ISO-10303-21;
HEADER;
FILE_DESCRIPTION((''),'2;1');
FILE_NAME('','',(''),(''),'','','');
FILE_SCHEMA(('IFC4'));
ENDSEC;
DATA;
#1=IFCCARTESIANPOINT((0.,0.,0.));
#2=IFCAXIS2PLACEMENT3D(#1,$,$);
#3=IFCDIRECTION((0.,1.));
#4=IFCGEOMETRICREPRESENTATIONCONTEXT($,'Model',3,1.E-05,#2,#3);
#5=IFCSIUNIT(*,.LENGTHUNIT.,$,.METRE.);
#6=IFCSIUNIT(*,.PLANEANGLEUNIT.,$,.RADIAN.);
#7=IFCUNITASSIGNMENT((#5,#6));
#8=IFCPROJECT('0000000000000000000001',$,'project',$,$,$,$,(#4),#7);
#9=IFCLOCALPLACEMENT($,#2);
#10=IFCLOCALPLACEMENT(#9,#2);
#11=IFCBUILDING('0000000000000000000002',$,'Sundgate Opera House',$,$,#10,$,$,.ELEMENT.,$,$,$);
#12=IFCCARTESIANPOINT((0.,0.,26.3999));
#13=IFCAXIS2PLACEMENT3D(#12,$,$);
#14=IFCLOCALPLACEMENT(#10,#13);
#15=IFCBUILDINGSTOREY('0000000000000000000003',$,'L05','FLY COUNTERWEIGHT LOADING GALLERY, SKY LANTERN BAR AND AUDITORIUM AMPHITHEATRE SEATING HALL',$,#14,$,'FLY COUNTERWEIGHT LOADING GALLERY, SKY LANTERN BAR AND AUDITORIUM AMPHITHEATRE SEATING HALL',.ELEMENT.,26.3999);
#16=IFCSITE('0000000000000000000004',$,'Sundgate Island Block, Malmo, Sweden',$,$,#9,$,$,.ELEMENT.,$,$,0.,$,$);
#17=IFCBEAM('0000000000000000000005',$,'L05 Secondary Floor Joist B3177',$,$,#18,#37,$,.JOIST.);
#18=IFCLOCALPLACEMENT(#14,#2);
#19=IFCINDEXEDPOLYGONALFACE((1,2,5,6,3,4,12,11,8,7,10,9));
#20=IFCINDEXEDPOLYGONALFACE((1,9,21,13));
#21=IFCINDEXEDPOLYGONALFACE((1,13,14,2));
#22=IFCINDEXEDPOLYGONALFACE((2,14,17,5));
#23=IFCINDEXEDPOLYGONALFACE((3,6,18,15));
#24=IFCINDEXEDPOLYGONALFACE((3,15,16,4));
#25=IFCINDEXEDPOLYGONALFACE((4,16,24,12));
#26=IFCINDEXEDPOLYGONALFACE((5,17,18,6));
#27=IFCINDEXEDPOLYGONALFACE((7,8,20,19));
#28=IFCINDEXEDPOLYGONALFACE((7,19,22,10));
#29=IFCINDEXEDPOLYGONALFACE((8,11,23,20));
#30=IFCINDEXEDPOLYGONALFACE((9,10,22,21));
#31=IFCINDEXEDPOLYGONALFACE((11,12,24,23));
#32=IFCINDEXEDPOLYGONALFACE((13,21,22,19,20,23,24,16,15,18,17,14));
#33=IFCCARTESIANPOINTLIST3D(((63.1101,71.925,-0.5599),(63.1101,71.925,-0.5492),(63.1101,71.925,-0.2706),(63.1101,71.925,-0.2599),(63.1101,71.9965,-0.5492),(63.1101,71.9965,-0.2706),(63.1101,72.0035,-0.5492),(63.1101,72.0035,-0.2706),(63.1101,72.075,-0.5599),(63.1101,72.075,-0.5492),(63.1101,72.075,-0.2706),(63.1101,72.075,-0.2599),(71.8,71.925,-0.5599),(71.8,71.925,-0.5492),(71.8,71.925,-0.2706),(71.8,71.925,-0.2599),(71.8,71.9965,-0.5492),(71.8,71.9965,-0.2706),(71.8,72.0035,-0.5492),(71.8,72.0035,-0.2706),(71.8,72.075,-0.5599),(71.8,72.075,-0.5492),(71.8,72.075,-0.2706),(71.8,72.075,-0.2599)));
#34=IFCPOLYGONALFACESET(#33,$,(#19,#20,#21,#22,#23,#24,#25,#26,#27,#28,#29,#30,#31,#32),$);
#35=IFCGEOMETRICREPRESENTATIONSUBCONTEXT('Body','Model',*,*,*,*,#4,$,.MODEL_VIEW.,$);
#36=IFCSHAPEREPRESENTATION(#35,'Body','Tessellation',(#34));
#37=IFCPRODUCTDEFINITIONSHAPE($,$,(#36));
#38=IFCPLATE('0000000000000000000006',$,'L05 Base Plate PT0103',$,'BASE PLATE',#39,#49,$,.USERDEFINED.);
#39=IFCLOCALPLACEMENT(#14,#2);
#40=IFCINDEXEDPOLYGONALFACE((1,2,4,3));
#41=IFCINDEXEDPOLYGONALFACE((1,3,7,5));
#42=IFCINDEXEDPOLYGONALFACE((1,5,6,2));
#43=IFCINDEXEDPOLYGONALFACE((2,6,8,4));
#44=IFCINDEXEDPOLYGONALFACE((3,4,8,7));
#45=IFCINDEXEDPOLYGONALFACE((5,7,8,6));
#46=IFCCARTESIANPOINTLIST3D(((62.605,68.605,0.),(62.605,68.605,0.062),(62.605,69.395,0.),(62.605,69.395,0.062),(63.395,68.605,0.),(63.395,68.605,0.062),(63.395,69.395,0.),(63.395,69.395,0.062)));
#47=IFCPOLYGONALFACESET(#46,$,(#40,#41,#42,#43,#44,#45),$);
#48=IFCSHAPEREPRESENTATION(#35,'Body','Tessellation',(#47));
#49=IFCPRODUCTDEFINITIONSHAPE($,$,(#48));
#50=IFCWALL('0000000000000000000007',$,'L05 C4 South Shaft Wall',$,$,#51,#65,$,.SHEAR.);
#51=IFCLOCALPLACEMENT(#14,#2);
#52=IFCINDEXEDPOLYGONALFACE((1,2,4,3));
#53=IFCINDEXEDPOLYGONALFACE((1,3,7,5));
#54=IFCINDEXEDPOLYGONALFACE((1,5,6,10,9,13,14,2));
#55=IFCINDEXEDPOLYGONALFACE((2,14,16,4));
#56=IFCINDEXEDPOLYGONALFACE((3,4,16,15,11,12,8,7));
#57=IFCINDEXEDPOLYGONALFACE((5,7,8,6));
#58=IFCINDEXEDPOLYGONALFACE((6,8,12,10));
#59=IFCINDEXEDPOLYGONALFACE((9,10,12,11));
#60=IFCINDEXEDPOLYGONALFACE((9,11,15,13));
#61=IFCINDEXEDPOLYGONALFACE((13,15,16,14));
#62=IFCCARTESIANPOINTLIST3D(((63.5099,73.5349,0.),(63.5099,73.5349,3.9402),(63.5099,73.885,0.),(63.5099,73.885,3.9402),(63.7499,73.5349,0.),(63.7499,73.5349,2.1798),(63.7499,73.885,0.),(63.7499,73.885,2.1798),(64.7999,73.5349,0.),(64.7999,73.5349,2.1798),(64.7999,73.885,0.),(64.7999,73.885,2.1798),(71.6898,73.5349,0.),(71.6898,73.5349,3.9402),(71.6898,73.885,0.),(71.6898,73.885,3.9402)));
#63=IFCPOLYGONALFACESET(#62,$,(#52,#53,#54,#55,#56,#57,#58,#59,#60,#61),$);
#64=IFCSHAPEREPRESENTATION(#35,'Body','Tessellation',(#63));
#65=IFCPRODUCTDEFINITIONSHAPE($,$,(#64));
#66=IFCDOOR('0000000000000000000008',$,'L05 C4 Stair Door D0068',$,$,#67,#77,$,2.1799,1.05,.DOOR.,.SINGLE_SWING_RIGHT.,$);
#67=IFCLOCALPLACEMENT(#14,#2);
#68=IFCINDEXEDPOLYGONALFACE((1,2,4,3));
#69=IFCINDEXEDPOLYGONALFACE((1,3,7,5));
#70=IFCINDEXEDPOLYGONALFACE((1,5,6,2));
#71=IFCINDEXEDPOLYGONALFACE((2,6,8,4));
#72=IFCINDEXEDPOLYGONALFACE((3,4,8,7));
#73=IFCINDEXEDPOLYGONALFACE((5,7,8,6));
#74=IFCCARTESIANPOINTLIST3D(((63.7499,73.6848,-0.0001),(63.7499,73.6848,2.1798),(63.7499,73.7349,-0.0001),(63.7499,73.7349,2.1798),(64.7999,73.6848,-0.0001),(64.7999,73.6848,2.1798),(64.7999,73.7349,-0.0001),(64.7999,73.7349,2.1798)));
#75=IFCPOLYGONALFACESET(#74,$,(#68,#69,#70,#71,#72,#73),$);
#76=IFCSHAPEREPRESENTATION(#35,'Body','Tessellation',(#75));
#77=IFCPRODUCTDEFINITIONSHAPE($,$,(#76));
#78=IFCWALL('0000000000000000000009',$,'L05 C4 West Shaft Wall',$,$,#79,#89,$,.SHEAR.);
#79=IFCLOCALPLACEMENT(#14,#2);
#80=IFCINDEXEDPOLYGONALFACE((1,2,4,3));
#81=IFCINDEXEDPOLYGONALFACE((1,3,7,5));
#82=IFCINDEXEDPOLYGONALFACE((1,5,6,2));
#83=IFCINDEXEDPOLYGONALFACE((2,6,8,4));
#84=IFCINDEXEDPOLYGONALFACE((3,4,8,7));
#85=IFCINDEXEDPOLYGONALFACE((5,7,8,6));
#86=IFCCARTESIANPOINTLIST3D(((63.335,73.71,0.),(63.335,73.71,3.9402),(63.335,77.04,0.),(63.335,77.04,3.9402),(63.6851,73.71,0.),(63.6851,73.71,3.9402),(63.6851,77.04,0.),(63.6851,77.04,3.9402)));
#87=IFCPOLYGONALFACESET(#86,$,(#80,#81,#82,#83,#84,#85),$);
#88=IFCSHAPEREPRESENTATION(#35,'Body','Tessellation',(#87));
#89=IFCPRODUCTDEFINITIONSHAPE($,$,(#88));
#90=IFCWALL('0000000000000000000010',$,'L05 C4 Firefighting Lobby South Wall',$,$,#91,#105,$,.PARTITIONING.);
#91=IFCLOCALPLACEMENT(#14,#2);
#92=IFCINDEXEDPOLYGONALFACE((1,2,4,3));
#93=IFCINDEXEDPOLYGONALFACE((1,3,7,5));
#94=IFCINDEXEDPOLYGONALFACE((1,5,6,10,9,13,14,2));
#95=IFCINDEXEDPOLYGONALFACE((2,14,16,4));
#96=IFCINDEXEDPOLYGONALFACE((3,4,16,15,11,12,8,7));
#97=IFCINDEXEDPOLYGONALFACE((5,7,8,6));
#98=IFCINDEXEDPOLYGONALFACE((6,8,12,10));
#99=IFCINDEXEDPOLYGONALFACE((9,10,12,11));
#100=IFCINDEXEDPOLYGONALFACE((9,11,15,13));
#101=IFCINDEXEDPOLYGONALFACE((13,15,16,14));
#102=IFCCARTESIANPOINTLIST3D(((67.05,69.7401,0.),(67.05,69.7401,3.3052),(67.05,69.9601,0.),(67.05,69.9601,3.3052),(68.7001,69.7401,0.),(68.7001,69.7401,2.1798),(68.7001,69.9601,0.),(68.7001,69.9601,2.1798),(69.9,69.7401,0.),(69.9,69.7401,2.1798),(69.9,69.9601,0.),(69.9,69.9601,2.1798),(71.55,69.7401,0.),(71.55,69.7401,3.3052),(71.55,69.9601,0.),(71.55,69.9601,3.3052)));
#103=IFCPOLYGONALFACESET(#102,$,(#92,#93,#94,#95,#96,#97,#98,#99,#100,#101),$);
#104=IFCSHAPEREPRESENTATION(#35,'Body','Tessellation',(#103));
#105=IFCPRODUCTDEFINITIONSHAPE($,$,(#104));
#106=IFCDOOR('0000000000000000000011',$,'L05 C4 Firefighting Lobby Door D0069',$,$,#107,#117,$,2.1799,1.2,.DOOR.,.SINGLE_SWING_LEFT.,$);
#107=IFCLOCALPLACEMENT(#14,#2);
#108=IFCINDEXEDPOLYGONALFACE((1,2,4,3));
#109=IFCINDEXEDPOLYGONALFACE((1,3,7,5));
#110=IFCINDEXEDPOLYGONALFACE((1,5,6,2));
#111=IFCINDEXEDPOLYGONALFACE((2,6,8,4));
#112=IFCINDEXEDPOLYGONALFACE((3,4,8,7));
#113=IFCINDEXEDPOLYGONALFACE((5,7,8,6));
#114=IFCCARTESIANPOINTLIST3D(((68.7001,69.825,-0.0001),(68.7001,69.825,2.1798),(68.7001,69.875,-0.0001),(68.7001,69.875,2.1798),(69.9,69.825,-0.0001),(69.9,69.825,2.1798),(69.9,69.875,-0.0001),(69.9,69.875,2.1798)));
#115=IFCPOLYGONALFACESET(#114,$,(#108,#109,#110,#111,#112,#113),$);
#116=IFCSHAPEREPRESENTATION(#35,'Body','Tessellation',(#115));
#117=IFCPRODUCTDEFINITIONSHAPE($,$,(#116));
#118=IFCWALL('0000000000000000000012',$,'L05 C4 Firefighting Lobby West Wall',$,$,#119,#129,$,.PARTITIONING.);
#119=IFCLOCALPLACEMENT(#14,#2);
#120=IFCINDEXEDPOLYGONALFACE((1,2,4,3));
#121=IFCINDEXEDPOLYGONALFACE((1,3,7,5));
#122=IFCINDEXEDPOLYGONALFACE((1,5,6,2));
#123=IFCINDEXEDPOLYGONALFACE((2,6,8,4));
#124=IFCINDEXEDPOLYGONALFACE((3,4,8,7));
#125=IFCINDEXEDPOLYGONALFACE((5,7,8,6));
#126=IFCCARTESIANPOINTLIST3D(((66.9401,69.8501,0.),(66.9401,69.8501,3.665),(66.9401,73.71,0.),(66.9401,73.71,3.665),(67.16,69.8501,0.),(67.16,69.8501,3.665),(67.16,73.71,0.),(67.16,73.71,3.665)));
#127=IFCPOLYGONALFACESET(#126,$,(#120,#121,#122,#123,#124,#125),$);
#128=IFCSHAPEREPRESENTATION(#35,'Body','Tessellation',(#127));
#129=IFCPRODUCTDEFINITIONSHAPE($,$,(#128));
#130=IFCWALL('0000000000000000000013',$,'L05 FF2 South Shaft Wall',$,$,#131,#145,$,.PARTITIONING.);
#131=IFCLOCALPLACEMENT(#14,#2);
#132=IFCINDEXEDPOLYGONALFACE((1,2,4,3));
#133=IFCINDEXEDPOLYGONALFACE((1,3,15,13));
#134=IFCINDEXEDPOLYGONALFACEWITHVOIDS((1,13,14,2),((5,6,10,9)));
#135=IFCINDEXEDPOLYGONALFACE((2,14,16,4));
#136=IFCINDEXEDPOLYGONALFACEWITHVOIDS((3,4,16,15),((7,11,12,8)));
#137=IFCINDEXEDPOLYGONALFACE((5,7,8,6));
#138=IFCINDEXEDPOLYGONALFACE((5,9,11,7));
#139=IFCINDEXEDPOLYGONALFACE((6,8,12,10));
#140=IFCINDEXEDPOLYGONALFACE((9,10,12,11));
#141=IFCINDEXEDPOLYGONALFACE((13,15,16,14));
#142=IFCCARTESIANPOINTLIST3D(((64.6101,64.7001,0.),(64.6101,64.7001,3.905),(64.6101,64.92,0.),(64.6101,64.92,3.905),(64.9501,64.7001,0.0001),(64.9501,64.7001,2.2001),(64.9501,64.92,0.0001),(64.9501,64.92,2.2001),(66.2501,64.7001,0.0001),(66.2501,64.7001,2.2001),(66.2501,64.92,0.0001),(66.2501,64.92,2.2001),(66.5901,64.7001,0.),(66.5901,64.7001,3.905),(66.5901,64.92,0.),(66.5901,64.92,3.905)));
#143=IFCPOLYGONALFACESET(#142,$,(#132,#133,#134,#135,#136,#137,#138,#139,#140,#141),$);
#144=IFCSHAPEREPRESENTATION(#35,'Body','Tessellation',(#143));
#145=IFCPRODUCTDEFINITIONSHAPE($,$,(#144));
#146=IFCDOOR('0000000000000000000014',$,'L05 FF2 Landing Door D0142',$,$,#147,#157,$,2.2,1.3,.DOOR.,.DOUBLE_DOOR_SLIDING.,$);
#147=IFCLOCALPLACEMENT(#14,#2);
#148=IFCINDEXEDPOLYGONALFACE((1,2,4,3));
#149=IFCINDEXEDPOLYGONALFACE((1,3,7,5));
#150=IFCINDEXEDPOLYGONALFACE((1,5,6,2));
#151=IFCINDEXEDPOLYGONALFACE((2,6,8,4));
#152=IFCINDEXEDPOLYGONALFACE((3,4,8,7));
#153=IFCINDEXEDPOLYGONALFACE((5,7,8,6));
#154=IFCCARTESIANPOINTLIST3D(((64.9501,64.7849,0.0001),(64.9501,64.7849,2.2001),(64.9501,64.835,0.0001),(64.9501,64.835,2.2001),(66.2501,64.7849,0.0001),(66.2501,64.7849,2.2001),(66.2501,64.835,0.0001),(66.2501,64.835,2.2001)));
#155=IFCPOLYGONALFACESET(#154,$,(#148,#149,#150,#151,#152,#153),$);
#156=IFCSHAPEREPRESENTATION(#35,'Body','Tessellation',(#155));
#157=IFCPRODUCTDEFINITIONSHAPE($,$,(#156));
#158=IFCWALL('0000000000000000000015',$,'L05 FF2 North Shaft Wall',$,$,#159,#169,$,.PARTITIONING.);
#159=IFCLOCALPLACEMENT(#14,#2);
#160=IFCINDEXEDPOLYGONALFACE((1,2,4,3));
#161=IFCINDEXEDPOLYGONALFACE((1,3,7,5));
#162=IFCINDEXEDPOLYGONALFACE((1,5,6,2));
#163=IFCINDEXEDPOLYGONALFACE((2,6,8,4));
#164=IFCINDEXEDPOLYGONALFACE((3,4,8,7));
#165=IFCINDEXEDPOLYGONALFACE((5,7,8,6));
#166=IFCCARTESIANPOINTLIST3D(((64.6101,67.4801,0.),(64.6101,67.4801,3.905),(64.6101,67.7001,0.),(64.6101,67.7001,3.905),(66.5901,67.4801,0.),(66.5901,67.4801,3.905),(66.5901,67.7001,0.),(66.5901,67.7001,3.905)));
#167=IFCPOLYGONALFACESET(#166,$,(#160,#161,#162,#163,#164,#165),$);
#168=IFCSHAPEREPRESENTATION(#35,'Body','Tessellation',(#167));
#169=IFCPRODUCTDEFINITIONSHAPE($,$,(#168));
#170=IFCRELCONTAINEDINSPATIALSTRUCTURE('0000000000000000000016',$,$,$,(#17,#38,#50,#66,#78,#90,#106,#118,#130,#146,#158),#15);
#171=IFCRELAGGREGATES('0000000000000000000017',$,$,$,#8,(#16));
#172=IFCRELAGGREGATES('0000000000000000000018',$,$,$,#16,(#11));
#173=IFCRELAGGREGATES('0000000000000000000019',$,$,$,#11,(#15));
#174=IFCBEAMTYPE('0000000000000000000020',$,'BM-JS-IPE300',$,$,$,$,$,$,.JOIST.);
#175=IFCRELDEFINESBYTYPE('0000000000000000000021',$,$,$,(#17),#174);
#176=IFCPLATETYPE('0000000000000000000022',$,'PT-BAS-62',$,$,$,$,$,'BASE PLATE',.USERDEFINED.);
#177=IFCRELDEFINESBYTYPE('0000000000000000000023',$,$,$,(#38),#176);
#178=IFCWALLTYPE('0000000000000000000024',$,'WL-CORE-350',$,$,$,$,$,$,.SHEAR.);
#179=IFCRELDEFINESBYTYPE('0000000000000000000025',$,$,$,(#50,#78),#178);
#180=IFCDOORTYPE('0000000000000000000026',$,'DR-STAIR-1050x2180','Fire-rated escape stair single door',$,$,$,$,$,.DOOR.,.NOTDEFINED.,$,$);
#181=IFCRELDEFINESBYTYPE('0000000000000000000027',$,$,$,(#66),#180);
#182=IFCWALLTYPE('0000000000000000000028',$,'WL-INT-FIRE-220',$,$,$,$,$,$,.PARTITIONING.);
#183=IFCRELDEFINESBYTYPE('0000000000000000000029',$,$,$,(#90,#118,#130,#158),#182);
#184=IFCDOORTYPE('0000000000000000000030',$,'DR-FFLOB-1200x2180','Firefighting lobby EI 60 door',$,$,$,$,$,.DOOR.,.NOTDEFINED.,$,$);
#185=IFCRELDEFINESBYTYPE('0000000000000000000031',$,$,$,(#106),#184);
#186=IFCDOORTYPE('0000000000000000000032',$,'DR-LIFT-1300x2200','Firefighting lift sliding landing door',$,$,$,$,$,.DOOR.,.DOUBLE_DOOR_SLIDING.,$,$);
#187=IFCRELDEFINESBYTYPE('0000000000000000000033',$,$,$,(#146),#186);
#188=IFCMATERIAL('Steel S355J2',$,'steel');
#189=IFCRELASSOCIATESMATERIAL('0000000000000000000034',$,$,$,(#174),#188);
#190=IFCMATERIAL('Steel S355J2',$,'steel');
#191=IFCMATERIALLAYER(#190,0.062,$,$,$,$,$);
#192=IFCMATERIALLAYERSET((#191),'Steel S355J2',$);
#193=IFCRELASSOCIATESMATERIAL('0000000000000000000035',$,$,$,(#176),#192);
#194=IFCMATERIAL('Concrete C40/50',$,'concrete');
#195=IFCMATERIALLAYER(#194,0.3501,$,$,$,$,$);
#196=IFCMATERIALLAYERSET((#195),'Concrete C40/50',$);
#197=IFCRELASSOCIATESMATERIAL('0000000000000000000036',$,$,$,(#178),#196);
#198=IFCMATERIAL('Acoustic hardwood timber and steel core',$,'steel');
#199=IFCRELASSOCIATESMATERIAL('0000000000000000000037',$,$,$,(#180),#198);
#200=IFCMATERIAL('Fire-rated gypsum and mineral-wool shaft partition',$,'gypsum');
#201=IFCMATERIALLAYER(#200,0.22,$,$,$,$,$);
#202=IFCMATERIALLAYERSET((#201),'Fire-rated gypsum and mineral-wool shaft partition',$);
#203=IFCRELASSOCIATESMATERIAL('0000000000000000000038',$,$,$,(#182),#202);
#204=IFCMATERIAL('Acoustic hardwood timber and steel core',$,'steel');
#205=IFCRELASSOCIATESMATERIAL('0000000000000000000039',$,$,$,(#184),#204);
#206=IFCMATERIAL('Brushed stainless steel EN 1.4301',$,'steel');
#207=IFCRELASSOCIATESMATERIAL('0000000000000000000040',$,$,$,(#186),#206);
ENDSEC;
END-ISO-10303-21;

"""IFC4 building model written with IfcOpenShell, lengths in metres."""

from ifc_helpers import new_model, si_unit, direction, frame, frame_2d, origin, origin_2d, place, context, subcontext, project, spatial, rectangle, i_section, extrude, material, layer, layer_set, material_profile, profile_set, type_object, element, fill, save


model = new_model("IFC4")

# Units and contexts
model_context = context("Model", 3, precision=1e-05, world=origin(), true_north=direction((0.0, 1.0)))
body_context = subcontext(model_context, "Body", "Model", "MODEL_VIEW")
ifc_project = project(units=[si_unit("LENGTHUNIT", "METRE"), si_unit("PLANEANGLEUNIT", "RADIAN")], contexts=[model_context])

# Site, building, storey
site_placement = place(None, origin())
site = spatial("IfcSite", under=ifc_project, at=site_placement, Name="Sundgate Island Block, Malmo, Sweden", CompositionType="ELEMENT", RefElevation=0.0)
building_placement = place(site_placement, origin())
building = spatial("IfcBuilding", under=site, at=building_placement, Name="Sundgate Opera House", CompositionType="ELEMENT")
storey_placement = place(building_placement, frame((0.0, 0.0, 26.3999)))
storey = spatial("IfcBuildingStorey", under=building, at=storey_placement, Name="L05", Description="FLY COUNTERWEIGHT LOADING GALLERY, SKY LANTERN BAR AND AUDITORIUM AMPHITHEATRE SEATING HALL", LongName="FLY COUNTERWEIGHT LOADING GALLERY, SKY LANTERN BAR AND AUDITORIUM AMPHITHEATRE SEATING HALL", CompositionType="ELEMENT", Elevation=26.3999)

# Beam
ifc_material_1 = material(Name="Steel S355J2", Category="steel")
ifc_material_profile_1 = material_profile(ifc_material_1, i_section(OverallWidth=0.1499, OverallDepth=0.3, WebThickness=0.0071, FlangeThickness=0.0107, at=origin_2d()), Name="IPE 300")
ifc_profile_set_1 = profile_set([ifc_material_profile_1], Name="Steel S355J2")
beam_type_1 = type_object("IfcBeamType", Name="BM-JS-IPE300", PredefinedType="JOIST", material=ifc_profile_set_1)
beam_1_placement = place(storey_placement, frame((63.1101, 72.0, -0.4099), z_axis=(1.0, 0.0, 0.0), x_axis=(0.0, 1.0, 0.0)))
element("IfcBeam", 1, at=beam_1_placement, inside=storey, type_object=beam_type_1, Name="L05 Secondary Floor Joist B3177", PredefinedType="JOIST", context=body_context, shape_type="SweptSolid", body=[
    extrude(i_section(OverallWidth=0.1499, OverallDepth=0.3, WebThickness=0.0071, FlangeThickness=0.0107, at=origin_2d()), origin(), (0.0, 0.0, 1.0), 8.6899),
])

# Plate
ifc_material_2 = material(Name="Steel S355J2", Category="steel")
ifc_layer_1 = layer(ifc_material_2, 0.062)
ifc_layer_set_1 = layer_set([ifc_layer_1], Name="Steel S355J2")
plate_type = type_object("IfcPlateType", Name="PT-BAS-62", ElementType="BASE PLATE", PredefinedType="USERDEFINED", material=ifc_layer_set_1)
plate_placement = place(storey_placement, frame((63.0, 69.0, 0.0), z_axis=(0.0, 0.0, 1.0), x_axis=(1.0, 0.0, 0.0)))
element("IfcPlate", 2, at=plate_placement, inside=storey, type_object=plate_type, Name="L05 Base Plate PT0103", ObjectType="BASE PLATE", PredefinedType="USERDEFINED", context=body_context, shape_type="SweptSolid", body=[
    extrude(rectangle(XDim=0.79, YDim=0.79, at=origin_2d()), origin(), (0.0, 0.0, 1.0), 0.062),
])

# Wall, opening, door
ifc_material_3 = material(Name="Concrete C40/50", Category="concrete")
ifc_layer_2 = layer(ifc_material_3, 0.3501)
ifc_layer_set_2 = layer_set([ifc_layer_2], Name="Concrete C40/50")
wall_type_1 = type_object("IfcWallType", Name="WL-CORE-350", PredefinedType="SHEAR", material=ifc_layer_set_2)
wall_1_placement = place(storey_placement, frame((63.51, 73.71, 0.0), z_axis=(0.0, 0.0, 1.0), x_axis=(1.0, 0.0, 0.0)))
wall_1 = element("IfcWall", 3, at=wall_1_placement, inside=storey, type_object=wall_type_1, Name="L05 C4 South Shaft Wall", PredefinedType="SHEAR", context=body_context, shape_type="SweptSolid", body=[
    extrude(rectangle(XDim=8.1799, YDim=0.3501, at=frame_2d((4.0898, 0.0))), origin(), (0.0, 0.0, 1.0), 3.9402),
])
opening_1_placement = place(wall_1_placement, frame((0.24, 0.0, 0.0)))
opening_1 = element("IfcOpeningElement", 4, at=opening_1_placement, cuts=wall_1, PredefinedType="OPENING", context=body_context, shape_type="SweptSolid", body=[
    extrude(rectangle(XDim=1.05, YDim=2.1799, at=frame_2d((0.5249, 1.0898))), frame((0.0, 0.1851, 0.0), z_axis=(0.0, -1.0, 0.0), x_axis=(1.0, 0.0, 0.0)), (0.0, 0.0, 1.0), 0.3701),
])
ifc_material_4 = material(Name="Acoustic hardwood timber and steel core", Category="steel")
door_type_1 = type_object("IfcDoorType", Name="DR-STAIR-1050x2180", Description="Fire-rated escape stair single door", OperationType="NOTDEFINED", PredefinedType="DOOR", material=ifc_material_4)
door_1_placement = place(opening_1_placement, origin())
door_1 = element("IfcDoor", 5, at=door_1_placement, inside=storey, type_object=door_type_1, Name="L05 C4 Stair Door D0068", OperationType="SINGLE_SWING_RIGHT", OverallHeight=2.1799, OverallWidth=1.05, PredefinedType="DOOR", context=body_context, shape_type="SweptSolid", body=[
    extrude(rectangle(XDim=1.05, YDim=2.1799, at=frame_2d((0.5249, 1.0898))), frame((0.0, 0.0249, 0.0), z_axis=(0.0, -1.0, 0.0), x_axis=(1.0, 0.0, 0.0)), (0.0, 0.0, 1.0), 0.05),
])
fill(opening_1, door_1)

# Wall
wall_2_placement = place(storey_placement, frame((63.51, 73.71, 0.0), z_axis=(0.0, 0.0, 1.0), x_axis=(0.0, 1.0, 0.0)))
element("IfcWall", 6, at=wall_2_placement, inside=storey, type_object=wall_type_1, Name="L05 C4 West Shaft Wall", PredefinedType="SHEAR", context=body_context, shape_type="SweptSolid", body=[
    extrude(rectangle(XDim=3.3301, YDim=0.3501, at=frame_2d((1.665, 0.0))), origin(), (0.0, 0.0, 1.0), 3.9402),
])

# Wall, opening, door
ifc_material_5 = material(Name="Fire-rated gypsum and mineral-wool shaft partition", Category="gypsum")
ifc_layer_3 = layer(ifc_material_5, 0.22)
ifc_layer_set_3 = layer_set([ifc_layer_3], Name="Fire-rated gypsum and mineral-wool shaft partition")
wall_type_2 = type_object("IfcWallType", Name="WL-INT-FIRE-220", PredefinedType="PARTITIONING", material=ifc_layer_set_3)
wall_3_placement = place(storey_placement, frame((67.05, 69.8501, 0.0), z_axis=(0.0, 0.0, 1.0), x_axis=(1.0, 0.0, 0.0)))
wall_3 = element("IfcWall", 7, at=wall_3_placement, inside=storey, type_object=wall_type_2, Name="L05 C4 Firefighting Lobby South Wall", PredefinedType="PARTITIONING", context=body_context, shape_type="SweptSolid", body=[
    extrude(rectangle(XDim=4.5, YDim=0.22, at=frame_2d((2.25, 0.0))), origin(), (0.0, 0.0, 1.0), 3.3052),
])
opening_2_placement = place(wall_3_placement, frame((1.6499, 0.0, 0.0)))
opening_2 = element("IfcOpeningElement", 8, at=opening_2_placement, cuts=wall_3, PredefinedType="OPENING", context=body_context, shape_type="SweptSolid", body=[
    extrude(rectangle(XDim=1.2, YDim=2.1799, at=frame_2d((0.6001, 1.0898))), frame((0.0, 0.1199, 0.0), z_axis=(0.0, -1.0, 0.0), x_axis=(1.0, 0.0, 0.0)), (0.0, 0.0, 1.0), 0.24),
])
ifc_material_6 = material(Name="Acoustic hardwood timber and steel core", Category="steel")
door_type_2 = type_object("IfcDoorType", Name="DR-FFLOB-1200x2180", Description="Firefighting lobby EI 60 door", OperationType="NOTDEFINED", PredefinedType="DOOR", material=ifc_material_6)
door_2_placement = place(opening_2_placement, origin())
door_2 = element("IfcDoor", 9, at=door_2_placement, inside=storey, type_object=door_type_2, Name="L05 C4 Firefighting Lobby Door D0069", OperationType="SINGLE_SWING_LEFT", OverallHeight=2.1799, OverallWidth=1.2, PredefinedType="DOOR", context=body_context, shape_type="SweptSolid", body=[
    extrude(rectangle(XDim=1.2, YDim=2.1799, at=frame_2d((0.6001, 1.0898))), frame((0.0, 0.0249, 0.0), z_axis=(0.0, -1.0, 0.0), x_axis=(1.0, 0.0, 0.0)), (0.0, 0.0, 1.0), 0.05),
])
fill(opening_2, door_2)

# Wall
wall_4_placement = place(storey_placement, frame((67.05, 69.8501, 0.0), z_axis=(0.0, 0.0, 1.0), x_axis=(0.0, 1.0, 0.0)))
element("IfcWall", 10, at=wall_4_placement, inside=storey, type_object=wall_type_2, Name="L05 C4 Firefighting Lobby West Wall", PredefinedType="PARTITIONING", context=body_context, shape_type="SweptSolid", body=[
    extrude(rectangle(XDim=3.8599, YDim=0.22, at=frame_2d((1.9299, 0.0))), origin(), (0.0, 0.0, 1.0), 3.665),
])

# Wall, opening, door
wall_5_placement = place(storey_placement, frame((64.6101, 64.8101, 0.0), z_axis=(0.0, 0.0, 1.0), x_axis=(1.0, 0.0, 0.0)))
wall_5 = element("IfcWall", 11, at=wall_5_placement, inside=storey, type_object=wall_type_2, Name="L05 FF2 South Shaft Wall", PredefinedType="PARTITIONING", context=body_context, shape_type="SweptSolid", body=[
    extrude(rectangle(XDim=1.98, YDim=0.22, at=frame_2d((0.99, 0.0))), origin(), (0.0, 0.0, 1.0), 3.905),
])
opening_3_placement = place(wall_5_placement, frame((0.3401, 0.0, 0.0)))
opening_3 = element("IfcOpeningElement", 12, at=opening_3_placement, cuts=wall_5, PredefinedType="OPENING", context=body_context, shape_type="SweptSolid", body=[
    extrude(rectangle(XDim=1.3, YDim=2.2, at=frame_2d((0.6499, 1.1001))), frame((0.0, 0.1199, 0.0), z_axis=(0.0, -1.0, 0.0), x_axis=(1.0, 0.0, 0.0)), (0.0, 0.0, 1.0), 0.24),
])
ifc_material_7 = material(Name="Brushed stainless steel EN 1.4301", Category="steel")
door_type_3 = type_object("IfcDoorType", Name="DR-LIFT-1300x2200", Description="Firefighting lift sliding landing door", OperationType="DOUBLE_DOOR_SLIDING", PredefinedType="DOOR", material=ifc_material_7)
door_3_placement = place(opening_3_placement, origin())
door_3 = element("IfcDoor", 13, at=door_3_placement, inside=storey, type_object=door_type_3, Name="L05 FF2 Landing Door D0142", OperationType="DOUBLE_DOOR_SLIDING", OverallHeight=2.2, OverallWidth=1.3, PredefinedType="DOOR", context=body_context, shape_type="SweptSolid", body=[
    extrude(rectangle(XDim=1.3, YDim=2.2, at=frame_2d((0.6499, 1.1001))), frame((0.0, 0.0249, 0.0), z_axis=(0.0, -1.0, 0.0), x_axis=(1.0, 0.0, 0.0)), (0.0, 0.0, 1.0), 0.05),
])
fill(opening_3, door_3)

# Wall
wall_6_placement = place(storey_placement, frame((64.6101, 67.5901, 0.0), z_axis=(0.0, 0.0, 1.0), x_axis=(1.0, 0.0, 0.0)))
element("IfcWall", 14, at=wall_6_placement, inside=storey, type_object=wall_type_2, Name="L05 FF2 North Shaft Wall", PredefinedType="PARTITIONING", context=body_context, shape_type="SweptSolid", body=[
    extrude(rectangle(XDim=1.98, YDim=0.22, at=frame_2d((0.99, 0.0))), origin(), (0.0, 0.0, 1.0), 3.905),
])

save(model, "model.ifc")
